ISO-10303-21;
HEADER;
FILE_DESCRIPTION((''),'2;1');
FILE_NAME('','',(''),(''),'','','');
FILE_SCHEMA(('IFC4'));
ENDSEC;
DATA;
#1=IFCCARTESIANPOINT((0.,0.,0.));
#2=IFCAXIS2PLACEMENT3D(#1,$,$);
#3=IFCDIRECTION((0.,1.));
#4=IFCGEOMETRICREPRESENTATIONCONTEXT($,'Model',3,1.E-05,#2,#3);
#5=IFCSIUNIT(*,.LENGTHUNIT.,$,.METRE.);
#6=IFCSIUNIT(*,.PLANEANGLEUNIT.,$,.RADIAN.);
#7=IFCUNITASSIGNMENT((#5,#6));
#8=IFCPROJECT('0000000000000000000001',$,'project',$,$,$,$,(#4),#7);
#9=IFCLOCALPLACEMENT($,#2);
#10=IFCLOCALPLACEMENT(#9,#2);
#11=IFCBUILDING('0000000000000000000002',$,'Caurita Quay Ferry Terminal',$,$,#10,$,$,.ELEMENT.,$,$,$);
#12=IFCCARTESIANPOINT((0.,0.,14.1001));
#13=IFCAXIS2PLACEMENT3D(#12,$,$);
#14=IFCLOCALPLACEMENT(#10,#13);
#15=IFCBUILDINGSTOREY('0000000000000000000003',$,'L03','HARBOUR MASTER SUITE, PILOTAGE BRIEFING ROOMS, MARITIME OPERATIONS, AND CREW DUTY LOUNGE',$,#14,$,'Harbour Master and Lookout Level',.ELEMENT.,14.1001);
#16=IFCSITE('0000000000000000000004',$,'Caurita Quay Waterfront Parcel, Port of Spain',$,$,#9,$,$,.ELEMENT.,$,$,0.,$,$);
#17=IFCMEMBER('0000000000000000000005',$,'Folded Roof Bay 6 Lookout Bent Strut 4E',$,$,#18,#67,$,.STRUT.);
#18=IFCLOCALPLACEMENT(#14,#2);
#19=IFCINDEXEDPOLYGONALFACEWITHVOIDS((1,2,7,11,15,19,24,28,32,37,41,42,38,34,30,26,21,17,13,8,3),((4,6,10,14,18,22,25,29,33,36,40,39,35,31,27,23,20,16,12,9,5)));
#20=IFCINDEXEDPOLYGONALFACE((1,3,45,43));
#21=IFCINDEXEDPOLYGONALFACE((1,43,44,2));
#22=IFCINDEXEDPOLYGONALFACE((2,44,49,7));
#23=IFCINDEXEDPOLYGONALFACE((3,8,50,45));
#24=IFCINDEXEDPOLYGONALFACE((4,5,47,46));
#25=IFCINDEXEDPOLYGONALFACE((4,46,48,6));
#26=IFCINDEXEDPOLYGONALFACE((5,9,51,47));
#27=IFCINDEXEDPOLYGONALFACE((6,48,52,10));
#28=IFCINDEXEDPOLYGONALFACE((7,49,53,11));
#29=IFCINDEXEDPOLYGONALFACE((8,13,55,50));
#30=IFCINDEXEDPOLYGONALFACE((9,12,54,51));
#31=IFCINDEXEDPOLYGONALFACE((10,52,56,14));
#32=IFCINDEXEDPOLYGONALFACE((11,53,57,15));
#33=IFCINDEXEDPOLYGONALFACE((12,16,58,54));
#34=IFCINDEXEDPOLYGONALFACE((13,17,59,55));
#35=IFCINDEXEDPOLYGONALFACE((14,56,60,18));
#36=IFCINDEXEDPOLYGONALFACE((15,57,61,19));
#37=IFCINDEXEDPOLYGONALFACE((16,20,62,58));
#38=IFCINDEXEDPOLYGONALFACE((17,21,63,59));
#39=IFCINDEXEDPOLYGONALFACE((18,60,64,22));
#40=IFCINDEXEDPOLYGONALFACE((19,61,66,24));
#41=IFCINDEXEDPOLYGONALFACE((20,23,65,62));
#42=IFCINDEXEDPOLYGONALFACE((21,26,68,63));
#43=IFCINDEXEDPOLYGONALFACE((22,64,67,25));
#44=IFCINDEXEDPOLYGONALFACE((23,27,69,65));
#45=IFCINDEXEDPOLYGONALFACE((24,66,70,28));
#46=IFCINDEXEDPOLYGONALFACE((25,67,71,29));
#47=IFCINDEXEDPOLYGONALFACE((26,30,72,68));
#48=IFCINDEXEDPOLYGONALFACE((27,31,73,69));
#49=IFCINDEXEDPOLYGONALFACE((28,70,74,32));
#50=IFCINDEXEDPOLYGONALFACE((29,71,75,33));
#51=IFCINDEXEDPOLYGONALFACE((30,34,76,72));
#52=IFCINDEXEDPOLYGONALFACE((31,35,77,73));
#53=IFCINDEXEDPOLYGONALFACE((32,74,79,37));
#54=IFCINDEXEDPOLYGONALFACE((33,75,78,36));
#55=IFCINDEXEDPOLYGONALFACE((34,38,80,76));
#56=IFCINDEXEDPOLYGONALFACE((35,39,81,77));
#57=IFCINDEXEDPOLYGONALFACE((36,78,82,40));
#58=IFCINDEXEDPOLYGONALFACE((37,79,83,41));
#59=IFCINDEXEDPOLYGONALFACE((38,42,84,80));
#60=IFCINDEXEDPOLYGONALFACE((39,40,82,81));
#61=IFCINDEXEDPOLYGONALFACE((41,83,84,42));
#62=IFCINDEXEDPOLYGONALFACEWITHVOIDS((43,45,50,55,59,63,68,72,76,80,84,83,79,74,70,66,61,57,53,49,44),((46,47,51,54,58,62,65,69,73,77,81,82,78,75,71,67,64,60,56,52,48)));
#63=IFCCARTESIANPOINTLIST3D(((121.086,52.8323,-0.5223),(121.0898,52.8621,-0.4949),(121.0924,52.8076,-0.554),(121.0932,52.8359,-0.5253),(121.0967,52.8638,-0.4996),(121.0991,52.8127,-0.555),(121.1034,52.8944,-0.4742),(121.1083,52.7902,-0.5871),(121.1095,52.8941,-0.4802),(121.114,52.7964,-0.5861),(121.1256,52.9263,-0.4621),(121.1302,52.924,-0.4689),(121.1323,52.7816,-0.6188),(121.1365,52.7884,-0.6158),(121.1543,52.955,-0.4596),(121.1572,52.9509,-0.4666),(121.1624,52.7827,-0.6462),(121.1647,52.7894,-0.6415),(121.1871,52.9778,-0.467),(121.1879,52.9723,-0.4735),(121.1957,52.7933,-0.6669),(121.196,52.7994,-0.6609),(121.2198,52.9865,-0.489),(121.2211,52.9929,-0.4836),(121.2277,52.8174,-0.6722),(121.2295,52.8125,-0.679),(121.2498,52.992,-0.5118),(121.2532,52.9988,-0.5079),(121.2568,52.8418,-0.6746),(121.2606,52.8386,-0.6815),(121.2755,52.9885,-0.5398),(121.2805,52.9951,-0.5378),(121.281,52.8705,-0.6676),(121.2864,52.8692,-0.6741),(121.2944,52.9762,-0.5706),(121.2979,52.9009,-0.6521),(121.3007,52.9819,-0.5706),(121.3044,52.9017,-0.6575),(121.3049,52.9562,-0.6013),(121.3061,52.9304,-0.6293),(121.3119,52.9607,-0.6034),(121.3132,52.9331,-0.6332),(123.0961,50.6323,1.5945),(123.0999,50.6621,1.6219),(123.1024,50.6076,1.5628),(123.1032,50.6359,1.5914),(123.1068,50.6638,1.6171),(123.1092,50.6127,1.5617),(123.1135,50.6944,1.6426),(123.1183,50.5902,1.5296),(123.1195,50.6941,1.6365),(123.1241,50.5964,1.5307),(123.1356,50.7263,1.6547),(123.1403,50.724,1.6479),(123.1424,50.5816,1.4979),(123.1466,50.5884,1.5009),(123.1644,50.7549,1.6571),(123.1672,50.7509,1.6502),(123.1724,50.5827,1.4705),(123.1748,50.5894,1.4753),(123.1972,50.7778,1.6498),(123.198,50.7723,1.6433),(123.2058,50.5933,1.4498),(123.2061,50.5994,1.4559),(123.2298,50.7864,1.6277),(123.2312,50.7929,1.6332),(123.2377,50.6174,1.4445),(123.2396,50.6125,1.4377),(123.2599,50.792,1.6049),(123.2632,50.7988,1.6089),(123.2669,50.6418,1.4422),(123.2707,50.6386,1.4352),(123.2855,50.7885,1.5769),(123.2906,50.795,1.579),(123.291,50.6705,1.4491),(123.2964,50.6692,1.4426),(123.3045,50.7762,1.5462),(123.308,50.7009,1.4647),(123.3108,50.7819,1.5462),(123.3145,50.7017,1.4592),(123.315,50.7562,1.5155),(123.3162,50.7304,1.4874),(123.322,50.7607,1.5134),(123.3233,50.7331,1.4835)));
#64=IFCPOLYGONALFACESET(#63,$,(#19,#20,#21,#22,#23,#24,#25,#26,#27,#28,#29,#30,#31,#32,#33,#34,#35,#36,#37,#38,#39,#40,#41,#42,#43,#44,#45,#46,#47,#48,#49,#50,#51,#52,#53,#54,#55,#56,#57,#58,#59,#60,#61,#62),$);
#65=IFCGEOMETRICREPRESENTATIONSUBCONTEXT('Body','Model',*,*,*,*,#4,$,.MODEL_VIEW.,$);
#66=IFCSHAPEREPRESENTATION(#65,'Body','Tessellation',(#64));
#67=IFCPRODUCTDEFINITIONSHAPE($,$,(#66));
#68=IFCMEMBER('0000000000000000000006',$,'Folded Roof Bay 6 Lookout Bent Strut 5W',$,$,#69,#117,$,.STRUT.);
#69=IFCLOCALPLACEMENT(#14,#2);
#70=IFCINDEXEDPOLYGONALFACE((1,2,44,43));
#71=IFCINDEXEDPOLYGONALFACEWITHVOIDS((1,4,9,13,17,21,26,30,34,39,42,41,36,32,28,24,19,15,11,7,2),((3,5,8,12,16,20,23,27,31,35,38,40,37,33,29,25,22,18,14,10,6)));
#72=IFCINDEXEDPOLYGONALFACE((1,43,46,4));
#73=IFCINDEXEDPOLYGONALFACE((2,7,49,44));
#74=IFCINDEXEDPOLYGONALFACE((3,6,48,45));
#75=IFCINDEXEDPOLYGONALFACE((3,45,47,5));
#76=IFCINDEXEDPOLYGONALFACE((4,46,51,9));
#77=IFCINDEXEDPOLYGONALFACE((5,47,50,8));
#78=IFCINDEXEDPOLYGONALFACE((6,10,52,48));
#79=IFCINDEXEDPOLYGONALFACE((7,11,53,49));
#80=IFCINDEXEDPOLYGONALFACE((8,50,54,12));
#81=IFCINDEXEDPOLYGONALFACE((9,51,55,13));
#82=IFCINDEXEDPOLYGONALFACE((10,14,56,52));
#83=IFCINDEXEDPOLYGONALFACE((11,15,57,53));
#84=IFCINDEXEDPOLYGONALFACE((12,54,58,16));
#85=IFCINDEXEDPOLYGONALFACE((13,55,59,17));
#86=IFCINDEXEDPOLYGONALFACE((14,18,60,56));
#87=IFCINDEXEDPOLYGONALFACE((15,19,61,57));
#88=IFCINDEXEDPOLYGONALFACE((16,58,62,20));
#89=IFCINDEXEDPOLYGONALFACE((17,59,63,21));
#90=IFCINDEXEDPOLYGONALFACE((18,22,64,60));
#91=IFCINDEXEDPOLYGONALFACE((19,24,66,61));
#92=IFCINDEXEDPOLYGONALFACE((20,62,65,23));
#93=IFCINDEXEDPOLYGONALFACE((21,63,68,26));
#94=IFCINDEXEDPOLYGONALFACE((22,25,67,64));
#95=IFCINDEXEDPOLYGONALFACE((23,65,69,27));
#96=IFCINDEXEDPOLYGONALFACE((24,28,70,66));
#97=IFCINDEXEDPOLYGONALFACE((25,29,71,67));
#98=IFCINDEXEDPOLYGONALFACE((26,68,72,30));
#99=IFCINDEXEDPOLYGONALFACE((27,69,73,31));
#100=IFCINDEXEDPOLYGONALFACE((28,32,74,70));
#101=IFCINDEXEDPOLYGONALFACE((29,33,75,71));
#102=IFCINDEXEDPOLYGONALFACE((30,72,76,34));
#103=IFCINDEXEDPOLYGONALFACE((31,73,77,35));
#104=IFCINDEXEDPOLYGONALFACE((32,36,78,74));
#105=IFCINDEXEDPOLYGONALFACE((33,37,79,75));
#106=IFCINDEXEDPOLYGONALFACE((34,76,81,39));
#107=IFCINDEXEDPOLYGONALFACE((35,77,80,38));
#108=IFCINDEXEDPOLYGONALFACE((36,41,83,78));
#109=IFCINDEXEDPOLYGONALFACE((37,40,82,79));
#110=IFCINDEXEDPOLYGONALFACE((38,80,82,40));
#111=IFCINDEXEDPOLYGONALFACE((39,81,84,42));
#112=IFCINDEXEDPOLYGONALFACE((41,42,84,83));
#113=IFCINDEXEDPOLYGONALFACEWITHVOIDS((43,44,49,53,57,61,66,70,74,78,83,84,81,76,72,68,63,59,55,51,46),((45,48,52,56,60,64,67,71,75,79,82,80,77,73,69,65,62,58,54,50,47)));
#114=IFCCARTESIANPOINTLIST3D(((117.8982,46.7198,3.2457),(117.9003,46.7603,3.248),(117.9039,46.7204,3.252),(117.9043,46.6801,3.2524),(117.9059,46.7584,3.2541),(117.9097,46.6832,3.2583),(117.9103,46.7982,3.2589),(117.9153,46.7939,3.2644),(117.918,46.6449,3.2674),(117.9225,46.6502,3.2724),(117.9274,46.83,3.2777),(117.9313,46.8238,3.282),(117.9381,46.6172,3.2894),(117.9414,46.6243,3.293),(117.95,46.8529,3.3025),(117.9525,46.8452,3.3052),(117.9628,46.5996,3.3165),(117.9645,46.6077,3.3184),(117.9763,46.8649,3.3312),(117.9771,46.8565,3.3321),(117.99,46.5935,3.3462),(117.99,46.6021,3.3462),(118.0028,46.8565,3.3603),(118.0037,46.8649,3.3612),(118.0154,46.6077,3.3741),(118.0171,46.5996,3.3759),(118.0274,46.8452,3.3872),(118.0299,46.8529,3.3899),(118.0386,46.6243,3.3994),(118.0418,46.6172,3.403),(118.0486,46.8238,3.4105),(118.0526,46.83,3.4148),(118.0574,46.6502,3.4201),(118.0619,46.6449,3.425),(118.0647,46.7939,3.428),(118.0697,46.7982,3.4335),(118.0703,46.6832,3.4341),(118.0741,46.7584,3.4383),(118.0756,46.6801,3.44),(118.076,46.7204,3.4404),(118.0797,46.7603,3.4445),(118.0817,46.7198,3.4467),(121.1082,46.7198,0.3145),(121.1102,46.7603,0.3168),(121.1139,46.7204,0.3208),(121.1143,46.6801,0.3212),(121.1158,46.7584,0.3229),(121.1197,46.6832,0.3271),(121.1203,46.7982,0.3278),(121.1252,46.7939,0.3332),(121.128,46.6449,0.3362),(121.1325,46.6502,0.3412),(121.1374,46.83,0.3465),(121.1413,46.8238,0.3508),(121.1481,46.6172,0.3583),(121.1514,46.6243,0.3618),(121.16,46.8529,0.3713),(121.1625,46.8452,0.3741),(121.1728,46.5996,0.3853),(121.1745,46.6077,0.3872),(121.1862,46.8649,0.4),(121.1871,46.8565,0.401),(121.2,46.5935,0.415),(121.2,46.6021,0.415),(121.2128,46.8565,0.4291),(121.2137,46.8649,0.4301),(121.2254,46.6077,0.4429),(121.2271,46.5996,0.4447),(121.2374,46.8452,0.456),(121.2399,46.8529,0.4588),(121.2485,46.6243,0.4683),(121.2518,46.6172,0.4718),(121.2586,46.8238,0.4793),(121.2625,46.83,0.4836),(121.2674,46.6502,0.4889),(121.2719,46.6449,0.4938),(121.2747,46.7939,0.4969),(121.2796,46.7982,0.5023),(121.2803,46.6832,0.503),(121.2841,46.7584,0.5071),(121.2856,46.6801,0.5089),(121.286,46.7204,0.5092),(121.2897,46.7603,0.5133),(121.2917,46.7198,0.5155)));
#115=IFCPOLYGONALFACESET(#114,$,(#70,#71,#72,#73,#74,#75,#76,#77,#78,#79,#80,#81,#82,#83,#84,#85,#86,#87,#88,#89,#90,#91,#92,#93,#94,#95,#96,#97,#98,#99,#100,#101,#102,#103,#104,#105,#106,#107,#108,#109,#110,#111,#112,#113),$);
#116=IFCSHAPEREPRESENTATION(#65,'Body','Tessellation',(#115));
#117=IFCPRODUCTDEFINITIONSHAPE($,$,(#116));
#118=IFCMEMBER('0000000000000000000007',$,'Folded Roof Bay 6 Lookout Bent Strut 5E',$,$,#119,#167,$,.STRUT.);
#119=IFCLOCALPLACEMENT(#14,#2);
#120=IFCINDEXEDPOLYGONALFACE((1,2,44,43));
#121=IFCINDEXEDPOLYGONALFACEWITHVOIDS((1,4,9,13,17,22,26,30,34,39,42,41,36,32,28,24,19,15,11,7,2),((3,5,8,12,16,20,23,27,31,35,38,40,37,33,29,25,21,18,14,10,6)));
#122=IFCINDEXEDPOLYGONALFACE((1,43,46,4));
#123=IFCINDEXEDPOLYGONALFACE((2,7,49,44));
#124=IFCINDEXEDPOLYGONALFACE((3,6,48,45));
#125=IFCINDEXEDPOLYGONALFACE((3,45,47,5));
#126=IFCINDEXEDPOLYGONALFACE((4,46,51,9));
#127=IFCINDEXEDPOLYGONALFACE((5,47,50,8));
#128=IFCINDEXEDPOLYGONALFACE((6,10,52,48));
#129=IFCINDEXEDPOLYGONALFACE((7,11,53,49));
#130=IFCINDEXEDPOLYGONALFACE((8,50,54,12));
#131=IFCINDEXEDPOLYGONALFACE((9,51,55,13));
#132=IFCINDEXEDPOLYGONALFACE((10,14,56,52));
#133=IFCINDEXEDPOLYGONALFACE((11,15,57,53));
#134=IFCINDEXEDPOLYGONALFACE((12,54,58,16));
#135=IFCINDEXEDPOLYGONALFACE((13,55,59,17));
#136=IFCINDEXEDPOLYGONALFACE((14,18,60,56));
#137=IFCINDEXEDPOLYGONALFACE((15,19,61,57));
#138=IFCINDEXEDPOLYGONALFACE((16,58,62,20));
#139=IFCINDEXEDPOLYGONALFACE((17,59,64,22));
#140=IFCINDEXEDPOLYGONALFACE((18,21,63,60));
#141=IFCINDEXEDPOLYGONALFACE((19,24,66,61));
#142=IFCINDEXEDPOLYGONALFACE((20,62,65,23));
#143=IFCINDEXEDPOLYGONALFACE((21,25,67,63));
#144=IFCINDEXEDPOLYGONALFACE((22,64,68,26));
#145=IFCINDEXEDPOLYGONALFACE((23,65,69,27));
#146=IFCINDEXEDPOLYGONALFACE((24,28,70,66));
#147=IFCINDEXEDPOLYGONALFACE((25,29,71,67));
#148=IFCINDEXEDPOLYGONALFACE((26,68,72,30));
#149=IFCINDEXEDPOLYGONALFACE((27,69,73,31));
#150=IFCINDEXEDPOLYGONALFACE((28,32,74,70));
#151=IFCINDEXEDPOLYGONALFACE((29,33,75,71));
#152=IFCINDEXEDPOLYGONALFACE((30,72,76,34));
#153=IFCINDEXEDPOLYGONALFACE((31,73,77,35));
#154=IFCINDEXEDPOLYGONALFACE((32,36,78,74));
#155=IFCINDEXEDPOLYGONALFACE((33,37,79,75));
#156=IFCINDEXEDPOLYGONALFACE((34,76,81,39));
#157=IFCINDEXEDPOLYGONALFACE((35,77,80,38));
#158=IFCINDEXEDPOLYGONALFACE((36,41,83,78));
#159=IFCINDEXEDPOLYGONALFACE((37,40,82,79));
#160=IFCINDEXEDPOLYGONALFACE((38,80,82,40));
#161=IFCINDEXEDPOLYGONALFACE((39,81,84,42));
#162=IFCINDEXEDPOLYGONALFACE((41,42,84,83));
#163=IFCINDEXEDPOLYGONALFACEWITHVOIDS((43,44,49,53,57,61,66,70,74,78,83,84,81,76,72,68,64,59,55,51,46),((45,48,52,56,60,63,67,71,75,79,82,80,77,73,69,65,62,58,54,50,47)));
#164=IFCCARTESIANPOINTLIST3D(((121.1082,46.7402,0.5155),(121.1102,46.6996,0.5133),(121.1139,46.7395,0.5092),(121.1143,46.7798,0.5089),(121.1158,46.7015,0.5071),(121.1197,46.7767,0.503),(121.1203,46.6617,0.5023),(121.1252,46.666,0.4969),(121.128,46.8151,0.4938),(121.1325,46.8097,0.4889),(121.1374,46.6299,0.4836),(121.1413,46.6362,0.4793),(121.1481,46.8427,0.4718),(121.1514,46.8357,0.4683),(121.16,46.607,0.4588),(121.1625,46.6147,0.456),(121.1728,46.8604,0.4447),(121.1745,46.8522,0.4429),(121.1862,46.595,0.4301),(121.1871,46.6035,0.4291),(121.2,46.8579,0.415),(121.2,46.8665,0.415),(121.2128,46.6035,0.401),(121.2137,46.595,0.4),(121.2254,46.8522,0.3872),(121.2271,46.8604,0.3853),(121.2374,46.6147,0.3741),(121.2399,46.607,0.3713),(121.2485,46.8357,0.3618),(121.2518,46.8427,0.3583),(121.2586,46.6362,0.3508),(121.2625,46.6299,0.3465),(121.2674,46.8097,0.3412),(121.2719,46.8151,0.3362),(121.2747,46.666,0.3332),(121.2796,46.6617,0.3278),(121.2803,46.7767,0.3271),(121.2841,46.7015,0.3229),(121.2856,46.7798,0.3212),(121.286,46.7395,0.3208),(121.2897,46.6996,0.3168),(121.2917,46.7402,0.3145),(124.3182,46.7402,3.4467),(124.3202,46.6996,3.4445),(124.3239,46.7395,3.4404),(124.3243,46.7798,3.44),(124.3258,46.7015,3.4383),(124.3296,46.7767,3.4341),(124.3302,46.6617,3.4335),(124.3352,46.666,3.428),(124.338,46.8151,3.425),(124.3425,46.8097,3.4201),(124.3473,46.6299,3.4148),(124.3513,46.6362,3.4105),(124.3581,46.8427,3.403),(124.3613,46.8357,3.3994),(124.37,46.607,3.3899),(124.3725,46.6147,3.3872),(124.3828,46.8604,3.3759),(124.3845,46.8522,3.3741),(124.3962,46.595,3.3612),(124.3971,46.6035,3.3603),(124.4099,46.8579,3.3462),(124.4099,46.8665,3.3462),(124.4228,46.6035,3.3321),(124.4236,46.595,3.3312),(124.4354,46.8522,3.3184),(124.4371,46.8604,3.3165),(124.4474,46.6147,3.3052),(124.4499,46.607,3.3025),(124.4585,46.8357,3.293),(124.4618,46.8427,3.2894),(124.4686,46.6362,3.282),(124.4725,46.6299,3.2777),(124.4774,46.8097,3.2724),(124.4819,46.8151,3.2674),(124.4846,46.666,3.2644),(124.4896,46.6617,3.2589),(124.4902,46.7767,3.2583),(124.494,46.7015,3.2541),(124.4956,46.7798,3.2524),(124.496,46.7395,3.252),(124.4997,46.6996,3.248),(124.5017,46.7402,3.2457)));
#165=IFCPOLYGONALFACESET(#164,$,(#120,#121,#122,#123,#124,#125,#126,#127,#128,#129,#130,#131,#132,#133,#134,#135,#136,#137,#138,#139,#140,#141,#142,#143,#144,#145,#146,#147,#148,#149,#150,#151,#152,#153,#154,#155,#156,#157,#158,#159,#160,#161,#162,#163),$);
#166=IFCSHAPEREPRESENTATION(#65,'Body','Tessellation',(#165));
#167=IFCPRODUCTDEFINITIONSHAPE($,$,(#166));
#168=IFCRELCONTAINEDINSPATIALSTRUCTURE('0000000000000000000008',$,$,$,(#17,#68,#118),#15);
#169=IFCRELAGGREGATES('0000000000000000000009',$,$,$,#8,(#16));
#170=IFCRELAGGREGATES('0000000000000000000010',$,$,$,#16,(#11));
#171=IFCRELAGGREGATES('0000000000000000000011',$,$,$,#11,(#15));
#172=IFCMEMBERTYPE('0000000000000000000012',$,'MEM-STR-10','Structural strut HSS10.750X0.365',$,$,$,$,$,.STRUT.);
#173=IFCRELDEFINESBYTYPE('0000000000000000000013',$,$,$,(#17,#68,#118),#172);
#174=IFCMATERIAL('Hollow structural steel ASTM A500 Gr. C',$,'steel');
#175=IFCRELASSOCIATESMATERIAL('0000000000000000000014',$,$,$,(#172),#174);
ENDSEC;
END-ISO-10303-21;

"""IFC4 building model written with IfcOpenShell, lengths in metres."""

from ifc_helpers import new_model, si_unit, direction, frame, origin, origin_2d, place, context, subcontext, project, spatial, hollow_circle, extrude, material, material_profile, profile_set, type_object, element, save


model = new_model("IFC4")

# Units and contexts
model_context = context("Model", 3, precision=1e-05, world=origin(), true_north=direction((0.0, 1.0)))
body_context = subcontext(model_context, "Body", "Model", "MODEL_VIEW")
ifc_project = project(units=[si_unit("LENGTHUNIT", "METRE"), si_unit("PLANEANGLEUNIT", "RADIAN")], contexts=[model_context])

# Site, building, storey
site_placement = place(None, origin())
site = spatial("IfcSite", under=ifc_project, at=site_placement, Name="Caurita Quay Waterfront Parcel, Port of Spain", CompositionType="ELEMENT", RefElevation=0.0)
building_placement = place(site_placement, origin())
building = spatial("IfcBuilding", under=site, at=building_placement, Name="Caurita Quay Ferry Terminal", CompositionType="ELEMENT")
storey_placement = place(building_placement, frame((0.0, 0.0, 14.1001)))
storey = spatial("IfcBuildingStorey", under=building, at=storey_placement, Name="L03", Description="HARBOUR MASTER SUITE, PILOTAGE BRIEFING ROOMS, MARITIME OPERATIONS, AND CREW DUTY LOUNGE", LongName="Harbour Master and Lookout Level", CompositionType="ELEMENT", Elevation=14.1001)

# Shared definitions
ifc_material_1 = material(Name="Hollow structural steel ASTM A500 Gr. C", Category="steel")

# Members
ifc_material_profile_1 = material_profile(ifc_material_1, hollow_circle(Radius=0.1365, WallThickness=0.0085, at=origin_2d()), Name="HSS10.750X0.365")
ifc_profile_set_1 = profile_set([ifc_material_profile_1], Name="Hollow structural steel ASTM A500 Gr. C")
member_type_1 = type_object("IfcMemberType", Name="MEM-STR-10", Description="Structural strut HSS10.750X0.365", PredefinedType="STRUT", material=ifc_profile_set_1)
for number, where, z_axis, x_axis, name in (
    (1, (121.2, 52.8899, -0.5706), (0.549907, -0.601872, 0.579096), (0.738258, 0.674518, 0.0), "Folded Roof Bay 6 Lookout Bent Strut 4E"),
):
    element("IfcMember", number, at=place(storey_placement, frame(where, z_axis=z_axis, x_axis=x_axis)), inside=storey, type_object=member_type_1, Name=name, PredefinedType="STRUT", context=body_context, shape_type="SweptSolid", body=[
        extrude(hollow_circle(Radius=0.1365, WallThickness=0.0085, at=origin_2d()), origin(), (0.0, 0.0, 1.0), 3.6553),
    ])
for number, where, z_axis, x_axis, name in (
    (2, (121.2, 46.73, 0.415), (-0.738449, 0.0, 0.674309), (0.0, -1.0, 0.0), "Folded Roof Bay 6 Lookout Bent Strut 5W"),
    (3, (121.2, 46.73, 0.415), (0.738449, 0.0, 0.674309), (0.0, 1.0, 0.0), "Folded Roof Bay 6 Lookout Bent Strut 5E"),
):
    element("IfcMember", number, at=place(storey_placement, frame(where, z_axis=z_axis, x_axis=x_axis)), inside=storey, type_object=member_type_1, Name=name, PredefinedType="STRUT", context=body_context, shape_type="SweptSolid", body=[
        extrude(hollow_circle(Radius=0.1365, WallThickness=0.0085, at=origin_2d()), origin(), (0.0, 0.0, 1.0), 4.3469),
    ])

save(model, "model.ifc")
